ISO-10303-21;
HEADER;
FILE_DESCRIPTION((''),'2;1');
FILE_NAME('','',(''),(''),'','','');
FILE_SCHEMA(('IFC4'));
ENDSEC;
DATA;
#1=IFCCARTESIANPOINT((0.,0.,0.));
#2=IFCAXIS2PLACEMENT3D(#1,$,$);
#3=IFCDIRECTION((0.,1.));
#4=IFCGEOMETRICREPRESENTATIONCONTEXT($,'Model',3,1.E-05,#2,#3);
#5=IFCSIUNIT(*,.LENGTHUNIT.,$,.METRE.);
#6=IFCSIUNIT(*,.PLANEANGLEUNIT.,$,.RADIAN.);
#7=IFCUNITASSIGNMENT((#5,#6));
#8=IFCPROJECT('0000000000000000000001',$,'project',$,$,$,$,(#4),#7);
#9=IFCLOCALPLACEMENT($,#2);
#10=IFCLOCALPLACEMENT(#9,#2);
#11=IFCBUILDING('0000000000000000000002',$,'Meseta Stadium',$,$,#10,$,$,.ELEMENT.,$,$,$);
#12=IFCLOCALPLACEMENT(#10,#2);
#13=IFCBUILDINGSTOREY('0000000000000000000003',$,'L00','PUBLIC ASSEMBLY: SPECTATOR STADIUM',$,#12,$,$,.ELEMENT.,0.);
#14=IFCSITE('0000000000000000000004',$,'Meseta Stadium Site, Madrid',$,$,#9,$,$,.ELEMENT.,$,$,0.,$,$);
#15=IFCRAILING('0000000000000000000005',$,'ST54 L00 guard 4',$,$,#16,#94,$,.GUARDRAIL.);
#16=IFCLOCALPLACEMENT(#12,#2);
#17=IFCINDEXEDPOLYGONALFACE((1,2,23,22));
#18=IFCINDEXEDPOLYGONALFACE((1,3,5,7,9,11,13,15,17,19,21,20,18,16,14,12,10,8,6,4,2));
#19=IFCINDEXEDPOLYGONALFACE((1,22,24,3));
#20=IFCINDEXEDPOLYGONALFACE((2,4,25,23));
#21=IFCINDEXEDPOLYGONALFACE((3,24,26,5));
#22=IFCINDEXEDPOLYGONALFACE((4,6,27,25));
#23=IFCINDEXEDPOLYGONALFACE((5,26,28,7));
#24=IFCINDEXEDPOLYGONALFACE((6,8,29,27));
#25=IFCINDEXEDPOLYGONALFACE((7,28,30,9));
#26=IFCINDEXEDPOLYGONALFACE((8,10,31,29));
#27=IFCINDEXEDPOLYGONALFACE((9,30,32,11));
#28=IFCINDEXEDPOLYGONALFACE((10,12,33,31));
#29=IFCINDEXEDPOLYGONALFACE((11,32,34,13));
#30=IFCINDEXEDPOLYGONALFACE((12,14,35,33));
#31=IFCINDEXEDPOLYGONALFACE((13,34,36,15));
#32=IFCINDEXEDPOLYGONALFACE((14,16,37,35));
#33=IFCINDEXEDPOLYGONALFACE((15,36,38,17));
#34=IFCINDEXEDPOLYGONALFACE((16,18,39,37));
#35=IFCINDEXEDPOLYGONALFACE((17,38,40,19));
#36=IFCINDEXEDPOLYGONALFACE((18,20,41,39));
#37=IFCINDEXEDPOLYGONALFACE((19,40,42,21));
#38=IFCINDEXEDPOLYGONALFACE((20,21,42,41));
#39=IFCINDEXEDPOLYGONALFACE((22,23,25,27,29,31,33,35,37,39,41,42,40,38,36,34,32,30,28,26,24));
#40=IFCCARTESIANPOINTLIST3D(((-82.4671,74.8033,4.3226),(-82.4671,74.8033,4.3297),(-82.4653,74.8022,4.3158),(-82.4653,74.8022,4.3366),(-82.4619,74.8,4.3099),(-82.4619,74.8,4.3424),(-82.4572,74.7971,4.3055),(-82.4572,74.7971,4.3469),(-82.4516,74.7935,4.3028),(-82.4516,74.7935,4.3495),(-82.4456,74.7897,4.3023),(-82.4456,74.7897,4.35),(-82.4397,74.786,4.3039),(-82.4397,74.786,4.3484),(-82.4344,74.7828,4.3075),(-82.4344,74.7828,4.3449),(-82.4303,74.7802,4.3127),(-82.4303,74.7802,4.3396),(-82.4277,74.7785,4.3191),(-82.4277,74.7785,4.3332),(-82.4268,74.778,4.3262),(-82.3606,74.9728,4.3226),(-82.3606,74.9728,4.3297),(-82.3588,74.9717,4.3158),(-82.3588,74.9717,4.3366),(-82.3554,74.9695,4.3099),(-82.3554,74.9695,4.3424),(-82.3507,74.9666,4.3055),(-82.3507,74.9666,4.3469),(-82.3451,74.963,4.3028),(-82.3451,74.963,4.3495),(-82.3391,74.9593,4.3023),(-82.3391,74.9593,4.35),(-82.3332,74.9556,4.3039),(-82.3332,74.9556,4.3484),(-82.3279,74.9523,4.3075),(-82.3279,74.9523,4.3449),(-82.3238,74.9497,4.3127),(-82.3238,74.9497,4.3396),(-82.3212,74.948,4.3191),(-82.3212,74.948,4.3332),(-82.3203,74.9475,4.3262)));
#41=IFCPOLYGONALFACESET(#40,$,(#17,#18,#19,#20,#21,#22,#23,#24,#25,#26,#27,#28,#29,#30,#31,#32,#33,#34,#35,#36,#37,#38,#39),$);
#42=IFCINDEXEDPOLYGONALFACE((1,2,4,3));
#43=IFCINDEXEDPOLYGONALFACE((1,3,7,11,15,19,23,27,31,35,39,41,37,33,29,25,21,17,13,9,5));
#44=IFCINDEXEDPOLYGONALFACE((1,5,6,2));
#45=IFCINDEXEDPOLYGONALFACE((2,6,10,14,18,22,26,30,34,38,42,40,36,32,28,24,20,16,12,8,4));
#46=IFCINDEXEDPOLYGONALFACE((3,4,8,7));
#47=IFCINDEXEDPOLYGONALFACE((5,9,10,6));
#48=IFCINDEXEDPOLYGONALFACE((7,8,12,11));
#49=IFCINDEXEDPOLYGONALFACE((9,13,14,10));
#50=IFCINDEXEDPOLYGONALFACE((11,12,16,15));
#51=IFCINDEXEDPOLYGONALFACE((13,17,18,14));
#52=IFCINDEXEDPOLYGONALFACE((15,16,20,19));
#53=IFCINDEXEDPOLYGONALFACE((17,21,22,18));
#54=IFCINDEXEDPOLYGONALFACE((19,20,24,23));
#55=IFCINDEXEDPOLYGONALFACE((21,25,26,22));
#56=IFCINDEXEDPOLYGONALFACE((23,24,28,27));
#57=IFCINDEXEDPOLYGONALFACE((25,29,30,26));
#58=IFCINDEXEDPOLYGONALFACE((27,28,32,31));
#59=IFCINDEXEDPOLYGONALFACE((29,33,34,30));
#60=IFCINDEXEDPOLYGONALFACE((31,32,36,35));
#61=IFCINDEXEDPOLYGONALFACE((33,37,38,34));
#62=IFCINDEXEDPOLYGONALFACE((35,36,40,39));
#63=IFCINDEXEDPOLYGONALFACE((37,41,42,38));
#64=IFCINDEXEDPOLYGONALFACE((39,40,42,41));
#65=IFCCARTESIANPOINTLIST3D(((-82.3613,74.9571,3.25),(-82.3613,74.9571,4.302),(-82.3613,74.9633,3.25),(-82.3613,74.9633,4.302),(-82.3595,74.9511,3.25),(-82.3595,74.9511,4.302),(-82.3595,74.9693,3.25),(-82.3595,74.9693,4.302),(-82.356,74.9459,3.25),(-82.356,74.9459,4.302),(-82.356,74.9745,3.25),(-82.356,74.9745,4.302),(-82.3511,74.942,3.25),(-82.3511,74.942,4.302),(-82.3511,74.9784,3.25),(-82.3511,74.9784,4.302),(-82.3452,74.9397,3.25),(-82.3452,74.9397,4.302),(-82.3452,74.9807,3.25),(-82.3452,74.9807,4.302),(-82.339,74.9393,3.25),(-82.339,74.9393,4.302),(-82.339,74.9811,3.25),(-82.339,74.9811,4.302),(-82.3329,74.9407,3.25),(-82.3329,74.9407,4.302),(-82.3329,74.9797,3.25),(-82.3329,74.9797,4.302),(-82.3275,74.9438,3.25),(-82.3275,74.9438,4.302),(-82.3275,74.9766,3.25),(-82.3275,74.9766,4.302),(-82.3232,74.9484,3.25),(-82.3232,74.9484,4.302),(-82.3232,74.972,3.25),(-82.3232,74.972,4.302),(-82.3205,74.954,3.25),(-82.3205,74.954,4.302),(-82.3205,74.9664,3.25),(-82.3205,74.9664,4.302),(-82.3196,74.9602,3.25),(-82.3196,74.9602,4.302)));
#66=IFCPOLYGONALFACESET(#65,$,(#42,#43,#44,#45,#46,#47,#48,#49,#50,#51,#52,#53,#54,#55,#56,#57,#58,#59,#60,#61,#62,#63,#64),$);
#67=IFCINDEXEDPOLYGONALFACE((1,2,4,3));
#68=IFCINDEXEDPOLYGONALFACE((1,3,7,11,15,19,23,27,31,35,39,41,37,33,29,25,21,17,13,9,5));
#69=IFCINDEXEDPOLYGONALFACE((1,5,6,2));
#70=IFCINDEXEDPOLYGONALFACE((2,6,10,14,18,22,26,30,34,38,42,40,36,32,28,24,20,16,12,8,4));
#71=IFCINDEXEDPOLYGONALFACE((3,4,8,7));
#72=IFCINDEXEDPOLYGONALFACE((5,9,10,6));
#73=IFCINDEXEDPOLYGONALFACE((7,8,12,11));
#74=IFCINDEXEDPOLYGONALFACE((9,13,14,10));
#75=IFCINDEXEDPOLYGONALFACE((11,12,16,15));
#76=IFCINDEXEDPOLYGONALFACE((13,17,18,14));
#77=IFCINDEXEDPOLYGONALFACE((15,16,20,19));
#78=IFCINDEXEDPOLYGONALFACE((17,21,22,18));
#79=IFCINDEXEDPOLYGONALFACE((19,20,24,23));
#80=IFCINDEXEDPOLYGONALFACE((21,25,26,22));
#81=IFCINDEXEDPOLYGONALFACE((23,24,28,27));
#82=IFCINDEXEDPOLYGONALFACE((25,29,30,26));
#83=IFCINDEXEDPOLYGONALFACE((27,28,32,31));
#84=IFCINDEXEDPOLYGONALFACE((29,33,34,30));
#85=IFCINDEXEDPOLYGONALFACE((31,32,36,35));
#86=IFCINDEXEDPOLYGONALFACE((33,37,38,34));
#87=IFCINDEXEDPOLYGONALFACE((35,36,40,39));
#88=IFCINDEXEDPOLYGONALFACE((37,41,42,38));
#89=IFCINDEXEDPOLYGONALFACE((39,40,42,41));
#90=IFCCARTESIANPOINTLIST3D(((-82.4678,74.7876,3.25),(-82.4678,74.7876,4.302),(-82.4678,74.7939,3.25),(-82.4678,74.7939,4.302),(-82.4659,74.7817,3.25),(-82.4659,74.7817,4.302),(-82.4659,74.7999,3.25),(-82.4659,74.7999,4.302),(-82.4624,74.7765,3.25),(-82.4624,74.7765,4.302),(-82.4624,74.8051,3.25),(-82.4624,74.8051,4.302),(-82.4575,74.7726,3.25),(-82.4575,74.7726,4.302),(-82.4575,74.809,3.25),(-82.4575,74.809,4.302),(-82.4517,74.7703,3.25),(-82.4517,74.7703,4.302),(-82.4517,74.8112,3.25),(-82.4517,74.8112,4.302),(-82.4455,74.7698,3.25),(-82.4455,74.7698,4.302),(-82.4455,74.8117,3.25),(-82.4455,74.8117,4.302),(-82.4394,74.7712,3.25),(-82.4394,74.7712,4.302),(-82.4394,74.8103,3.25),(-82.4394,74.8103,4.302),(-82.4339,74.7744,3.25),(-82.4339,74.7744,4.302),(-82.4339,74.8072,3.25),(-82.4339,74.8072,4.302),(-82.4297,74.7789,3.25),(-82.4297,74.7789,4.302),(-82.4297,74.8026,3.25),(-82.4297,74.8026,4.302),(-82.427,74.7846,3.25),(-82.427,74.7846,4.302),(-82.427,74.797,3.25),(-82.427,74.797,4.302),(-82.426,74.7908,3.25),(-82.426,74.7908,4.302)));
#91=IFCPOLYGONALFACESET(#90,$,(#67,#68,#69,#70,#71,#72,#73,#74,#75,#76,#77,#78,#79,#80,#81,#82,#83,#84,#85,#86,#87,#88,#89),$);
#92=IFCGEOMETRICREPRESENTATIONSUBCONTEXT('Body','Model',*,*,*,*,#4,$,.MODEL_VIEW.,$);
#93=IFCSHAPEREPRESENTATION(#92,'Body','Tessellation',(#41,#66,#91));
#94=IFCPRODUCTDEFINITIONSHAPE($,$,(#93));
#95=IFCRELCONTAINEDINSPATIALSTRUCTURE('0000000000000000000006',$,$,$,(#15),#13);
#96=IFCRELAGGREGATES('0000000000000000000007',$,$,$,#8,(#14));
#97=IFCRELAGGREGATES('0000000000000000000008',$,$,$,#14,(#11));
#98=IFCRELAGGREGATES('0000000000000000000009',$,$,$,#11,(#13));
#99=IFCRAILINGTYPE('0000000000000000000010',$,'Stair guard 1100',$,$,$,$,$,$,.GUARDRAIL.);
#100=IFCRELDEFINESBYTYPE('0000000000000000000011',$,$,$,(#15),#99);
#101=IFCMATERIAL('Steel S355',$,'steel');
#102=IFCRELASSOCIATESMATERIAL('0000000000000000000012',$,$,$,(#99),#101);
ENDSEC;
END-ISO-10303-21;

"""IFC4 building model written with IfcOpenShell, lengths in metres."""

from ifc_helpers import new_model, si_unit, direction, frame, origin, origin_2d, place, context, subcontext, project, spatial, circle, extrude, material, type_object, element, save


model = new_model("IFC4")

# Units and contexts
model_context = context("Model", 3, precision=1e-05, world=origin(), true_north=direction((0.0, 1.0)))
body_context = subcontext(model_context, "Body", "Model", "MODEL_VIEW")
ifc_project = project(units=[si_unit("LENGTHUNIT", "METRE"), si_unit("PLANEANGLEUNIT", "RADIAN")], contexts=[model_context])

# Site, building, storey
site_placement = place(None, origin())
site = spatial("IfcSite", under=ifc_project, at=site_placement, Name="Meseta Stadium Site, Madrid", CompositionType="ELEMENT", RefElevation=0.0)
building_placement = place(site_placement, origin())
building = spatial("IfcBuilding", under=site, at=building_placement, Name="Meseta Stadium", CompositionType="ELEMENT")
storey_placement = place(building_placement, origin())
storey = spatial("IfcBuildingStorey", under=building, at=storey_placement, Name="L00", Description="PUBLIC ASSEMBLY: SPECTATOR STADIUM", CompositionType="ELEMENT", Elevation=0.0)

# Railing
ifc_material_1 = material(Name="Steel S355", Category="steel")
railing_type_1 = type_object("IfcRailingType", Name="Stair guard 1100", PredefinedType="GUARDRAIL", material=ifc_material_1)
railing_1_placement = place(storey_placement, frame((-82.3406, 74.9602, 3.25)))
element("IfcRailing", 1, at=railing_1_placement, inside=storey, type_object=railing_type_1, Name="ST54 L00 guard 4", PredefinedType="GUARDRAIL", context=body_context, shape_type="SweptSolid", body=[
    extrude(circle(Radius=0.0239, at=origin_2d()), frame((0.0, 0.0, 1.0762), z_axis=(-0.531972, -0.846762, 0.0), x_axis=(0.846762, -0.531972, 0.0)), (0.0, 0.0, 1.0), 0.2002),
    extrude(circle(Radius=0.021, at=origin_2d()), origin(), (0.0, 0.0, 1.0), 1.052),
    extrude(circle(Radius=0.021, at=origin_2d()), frame((-0.1064, -0.1694, 0.0)), (0.0, 0.0, 1.0), 1.052),
])

save(model, "model.ifc")
